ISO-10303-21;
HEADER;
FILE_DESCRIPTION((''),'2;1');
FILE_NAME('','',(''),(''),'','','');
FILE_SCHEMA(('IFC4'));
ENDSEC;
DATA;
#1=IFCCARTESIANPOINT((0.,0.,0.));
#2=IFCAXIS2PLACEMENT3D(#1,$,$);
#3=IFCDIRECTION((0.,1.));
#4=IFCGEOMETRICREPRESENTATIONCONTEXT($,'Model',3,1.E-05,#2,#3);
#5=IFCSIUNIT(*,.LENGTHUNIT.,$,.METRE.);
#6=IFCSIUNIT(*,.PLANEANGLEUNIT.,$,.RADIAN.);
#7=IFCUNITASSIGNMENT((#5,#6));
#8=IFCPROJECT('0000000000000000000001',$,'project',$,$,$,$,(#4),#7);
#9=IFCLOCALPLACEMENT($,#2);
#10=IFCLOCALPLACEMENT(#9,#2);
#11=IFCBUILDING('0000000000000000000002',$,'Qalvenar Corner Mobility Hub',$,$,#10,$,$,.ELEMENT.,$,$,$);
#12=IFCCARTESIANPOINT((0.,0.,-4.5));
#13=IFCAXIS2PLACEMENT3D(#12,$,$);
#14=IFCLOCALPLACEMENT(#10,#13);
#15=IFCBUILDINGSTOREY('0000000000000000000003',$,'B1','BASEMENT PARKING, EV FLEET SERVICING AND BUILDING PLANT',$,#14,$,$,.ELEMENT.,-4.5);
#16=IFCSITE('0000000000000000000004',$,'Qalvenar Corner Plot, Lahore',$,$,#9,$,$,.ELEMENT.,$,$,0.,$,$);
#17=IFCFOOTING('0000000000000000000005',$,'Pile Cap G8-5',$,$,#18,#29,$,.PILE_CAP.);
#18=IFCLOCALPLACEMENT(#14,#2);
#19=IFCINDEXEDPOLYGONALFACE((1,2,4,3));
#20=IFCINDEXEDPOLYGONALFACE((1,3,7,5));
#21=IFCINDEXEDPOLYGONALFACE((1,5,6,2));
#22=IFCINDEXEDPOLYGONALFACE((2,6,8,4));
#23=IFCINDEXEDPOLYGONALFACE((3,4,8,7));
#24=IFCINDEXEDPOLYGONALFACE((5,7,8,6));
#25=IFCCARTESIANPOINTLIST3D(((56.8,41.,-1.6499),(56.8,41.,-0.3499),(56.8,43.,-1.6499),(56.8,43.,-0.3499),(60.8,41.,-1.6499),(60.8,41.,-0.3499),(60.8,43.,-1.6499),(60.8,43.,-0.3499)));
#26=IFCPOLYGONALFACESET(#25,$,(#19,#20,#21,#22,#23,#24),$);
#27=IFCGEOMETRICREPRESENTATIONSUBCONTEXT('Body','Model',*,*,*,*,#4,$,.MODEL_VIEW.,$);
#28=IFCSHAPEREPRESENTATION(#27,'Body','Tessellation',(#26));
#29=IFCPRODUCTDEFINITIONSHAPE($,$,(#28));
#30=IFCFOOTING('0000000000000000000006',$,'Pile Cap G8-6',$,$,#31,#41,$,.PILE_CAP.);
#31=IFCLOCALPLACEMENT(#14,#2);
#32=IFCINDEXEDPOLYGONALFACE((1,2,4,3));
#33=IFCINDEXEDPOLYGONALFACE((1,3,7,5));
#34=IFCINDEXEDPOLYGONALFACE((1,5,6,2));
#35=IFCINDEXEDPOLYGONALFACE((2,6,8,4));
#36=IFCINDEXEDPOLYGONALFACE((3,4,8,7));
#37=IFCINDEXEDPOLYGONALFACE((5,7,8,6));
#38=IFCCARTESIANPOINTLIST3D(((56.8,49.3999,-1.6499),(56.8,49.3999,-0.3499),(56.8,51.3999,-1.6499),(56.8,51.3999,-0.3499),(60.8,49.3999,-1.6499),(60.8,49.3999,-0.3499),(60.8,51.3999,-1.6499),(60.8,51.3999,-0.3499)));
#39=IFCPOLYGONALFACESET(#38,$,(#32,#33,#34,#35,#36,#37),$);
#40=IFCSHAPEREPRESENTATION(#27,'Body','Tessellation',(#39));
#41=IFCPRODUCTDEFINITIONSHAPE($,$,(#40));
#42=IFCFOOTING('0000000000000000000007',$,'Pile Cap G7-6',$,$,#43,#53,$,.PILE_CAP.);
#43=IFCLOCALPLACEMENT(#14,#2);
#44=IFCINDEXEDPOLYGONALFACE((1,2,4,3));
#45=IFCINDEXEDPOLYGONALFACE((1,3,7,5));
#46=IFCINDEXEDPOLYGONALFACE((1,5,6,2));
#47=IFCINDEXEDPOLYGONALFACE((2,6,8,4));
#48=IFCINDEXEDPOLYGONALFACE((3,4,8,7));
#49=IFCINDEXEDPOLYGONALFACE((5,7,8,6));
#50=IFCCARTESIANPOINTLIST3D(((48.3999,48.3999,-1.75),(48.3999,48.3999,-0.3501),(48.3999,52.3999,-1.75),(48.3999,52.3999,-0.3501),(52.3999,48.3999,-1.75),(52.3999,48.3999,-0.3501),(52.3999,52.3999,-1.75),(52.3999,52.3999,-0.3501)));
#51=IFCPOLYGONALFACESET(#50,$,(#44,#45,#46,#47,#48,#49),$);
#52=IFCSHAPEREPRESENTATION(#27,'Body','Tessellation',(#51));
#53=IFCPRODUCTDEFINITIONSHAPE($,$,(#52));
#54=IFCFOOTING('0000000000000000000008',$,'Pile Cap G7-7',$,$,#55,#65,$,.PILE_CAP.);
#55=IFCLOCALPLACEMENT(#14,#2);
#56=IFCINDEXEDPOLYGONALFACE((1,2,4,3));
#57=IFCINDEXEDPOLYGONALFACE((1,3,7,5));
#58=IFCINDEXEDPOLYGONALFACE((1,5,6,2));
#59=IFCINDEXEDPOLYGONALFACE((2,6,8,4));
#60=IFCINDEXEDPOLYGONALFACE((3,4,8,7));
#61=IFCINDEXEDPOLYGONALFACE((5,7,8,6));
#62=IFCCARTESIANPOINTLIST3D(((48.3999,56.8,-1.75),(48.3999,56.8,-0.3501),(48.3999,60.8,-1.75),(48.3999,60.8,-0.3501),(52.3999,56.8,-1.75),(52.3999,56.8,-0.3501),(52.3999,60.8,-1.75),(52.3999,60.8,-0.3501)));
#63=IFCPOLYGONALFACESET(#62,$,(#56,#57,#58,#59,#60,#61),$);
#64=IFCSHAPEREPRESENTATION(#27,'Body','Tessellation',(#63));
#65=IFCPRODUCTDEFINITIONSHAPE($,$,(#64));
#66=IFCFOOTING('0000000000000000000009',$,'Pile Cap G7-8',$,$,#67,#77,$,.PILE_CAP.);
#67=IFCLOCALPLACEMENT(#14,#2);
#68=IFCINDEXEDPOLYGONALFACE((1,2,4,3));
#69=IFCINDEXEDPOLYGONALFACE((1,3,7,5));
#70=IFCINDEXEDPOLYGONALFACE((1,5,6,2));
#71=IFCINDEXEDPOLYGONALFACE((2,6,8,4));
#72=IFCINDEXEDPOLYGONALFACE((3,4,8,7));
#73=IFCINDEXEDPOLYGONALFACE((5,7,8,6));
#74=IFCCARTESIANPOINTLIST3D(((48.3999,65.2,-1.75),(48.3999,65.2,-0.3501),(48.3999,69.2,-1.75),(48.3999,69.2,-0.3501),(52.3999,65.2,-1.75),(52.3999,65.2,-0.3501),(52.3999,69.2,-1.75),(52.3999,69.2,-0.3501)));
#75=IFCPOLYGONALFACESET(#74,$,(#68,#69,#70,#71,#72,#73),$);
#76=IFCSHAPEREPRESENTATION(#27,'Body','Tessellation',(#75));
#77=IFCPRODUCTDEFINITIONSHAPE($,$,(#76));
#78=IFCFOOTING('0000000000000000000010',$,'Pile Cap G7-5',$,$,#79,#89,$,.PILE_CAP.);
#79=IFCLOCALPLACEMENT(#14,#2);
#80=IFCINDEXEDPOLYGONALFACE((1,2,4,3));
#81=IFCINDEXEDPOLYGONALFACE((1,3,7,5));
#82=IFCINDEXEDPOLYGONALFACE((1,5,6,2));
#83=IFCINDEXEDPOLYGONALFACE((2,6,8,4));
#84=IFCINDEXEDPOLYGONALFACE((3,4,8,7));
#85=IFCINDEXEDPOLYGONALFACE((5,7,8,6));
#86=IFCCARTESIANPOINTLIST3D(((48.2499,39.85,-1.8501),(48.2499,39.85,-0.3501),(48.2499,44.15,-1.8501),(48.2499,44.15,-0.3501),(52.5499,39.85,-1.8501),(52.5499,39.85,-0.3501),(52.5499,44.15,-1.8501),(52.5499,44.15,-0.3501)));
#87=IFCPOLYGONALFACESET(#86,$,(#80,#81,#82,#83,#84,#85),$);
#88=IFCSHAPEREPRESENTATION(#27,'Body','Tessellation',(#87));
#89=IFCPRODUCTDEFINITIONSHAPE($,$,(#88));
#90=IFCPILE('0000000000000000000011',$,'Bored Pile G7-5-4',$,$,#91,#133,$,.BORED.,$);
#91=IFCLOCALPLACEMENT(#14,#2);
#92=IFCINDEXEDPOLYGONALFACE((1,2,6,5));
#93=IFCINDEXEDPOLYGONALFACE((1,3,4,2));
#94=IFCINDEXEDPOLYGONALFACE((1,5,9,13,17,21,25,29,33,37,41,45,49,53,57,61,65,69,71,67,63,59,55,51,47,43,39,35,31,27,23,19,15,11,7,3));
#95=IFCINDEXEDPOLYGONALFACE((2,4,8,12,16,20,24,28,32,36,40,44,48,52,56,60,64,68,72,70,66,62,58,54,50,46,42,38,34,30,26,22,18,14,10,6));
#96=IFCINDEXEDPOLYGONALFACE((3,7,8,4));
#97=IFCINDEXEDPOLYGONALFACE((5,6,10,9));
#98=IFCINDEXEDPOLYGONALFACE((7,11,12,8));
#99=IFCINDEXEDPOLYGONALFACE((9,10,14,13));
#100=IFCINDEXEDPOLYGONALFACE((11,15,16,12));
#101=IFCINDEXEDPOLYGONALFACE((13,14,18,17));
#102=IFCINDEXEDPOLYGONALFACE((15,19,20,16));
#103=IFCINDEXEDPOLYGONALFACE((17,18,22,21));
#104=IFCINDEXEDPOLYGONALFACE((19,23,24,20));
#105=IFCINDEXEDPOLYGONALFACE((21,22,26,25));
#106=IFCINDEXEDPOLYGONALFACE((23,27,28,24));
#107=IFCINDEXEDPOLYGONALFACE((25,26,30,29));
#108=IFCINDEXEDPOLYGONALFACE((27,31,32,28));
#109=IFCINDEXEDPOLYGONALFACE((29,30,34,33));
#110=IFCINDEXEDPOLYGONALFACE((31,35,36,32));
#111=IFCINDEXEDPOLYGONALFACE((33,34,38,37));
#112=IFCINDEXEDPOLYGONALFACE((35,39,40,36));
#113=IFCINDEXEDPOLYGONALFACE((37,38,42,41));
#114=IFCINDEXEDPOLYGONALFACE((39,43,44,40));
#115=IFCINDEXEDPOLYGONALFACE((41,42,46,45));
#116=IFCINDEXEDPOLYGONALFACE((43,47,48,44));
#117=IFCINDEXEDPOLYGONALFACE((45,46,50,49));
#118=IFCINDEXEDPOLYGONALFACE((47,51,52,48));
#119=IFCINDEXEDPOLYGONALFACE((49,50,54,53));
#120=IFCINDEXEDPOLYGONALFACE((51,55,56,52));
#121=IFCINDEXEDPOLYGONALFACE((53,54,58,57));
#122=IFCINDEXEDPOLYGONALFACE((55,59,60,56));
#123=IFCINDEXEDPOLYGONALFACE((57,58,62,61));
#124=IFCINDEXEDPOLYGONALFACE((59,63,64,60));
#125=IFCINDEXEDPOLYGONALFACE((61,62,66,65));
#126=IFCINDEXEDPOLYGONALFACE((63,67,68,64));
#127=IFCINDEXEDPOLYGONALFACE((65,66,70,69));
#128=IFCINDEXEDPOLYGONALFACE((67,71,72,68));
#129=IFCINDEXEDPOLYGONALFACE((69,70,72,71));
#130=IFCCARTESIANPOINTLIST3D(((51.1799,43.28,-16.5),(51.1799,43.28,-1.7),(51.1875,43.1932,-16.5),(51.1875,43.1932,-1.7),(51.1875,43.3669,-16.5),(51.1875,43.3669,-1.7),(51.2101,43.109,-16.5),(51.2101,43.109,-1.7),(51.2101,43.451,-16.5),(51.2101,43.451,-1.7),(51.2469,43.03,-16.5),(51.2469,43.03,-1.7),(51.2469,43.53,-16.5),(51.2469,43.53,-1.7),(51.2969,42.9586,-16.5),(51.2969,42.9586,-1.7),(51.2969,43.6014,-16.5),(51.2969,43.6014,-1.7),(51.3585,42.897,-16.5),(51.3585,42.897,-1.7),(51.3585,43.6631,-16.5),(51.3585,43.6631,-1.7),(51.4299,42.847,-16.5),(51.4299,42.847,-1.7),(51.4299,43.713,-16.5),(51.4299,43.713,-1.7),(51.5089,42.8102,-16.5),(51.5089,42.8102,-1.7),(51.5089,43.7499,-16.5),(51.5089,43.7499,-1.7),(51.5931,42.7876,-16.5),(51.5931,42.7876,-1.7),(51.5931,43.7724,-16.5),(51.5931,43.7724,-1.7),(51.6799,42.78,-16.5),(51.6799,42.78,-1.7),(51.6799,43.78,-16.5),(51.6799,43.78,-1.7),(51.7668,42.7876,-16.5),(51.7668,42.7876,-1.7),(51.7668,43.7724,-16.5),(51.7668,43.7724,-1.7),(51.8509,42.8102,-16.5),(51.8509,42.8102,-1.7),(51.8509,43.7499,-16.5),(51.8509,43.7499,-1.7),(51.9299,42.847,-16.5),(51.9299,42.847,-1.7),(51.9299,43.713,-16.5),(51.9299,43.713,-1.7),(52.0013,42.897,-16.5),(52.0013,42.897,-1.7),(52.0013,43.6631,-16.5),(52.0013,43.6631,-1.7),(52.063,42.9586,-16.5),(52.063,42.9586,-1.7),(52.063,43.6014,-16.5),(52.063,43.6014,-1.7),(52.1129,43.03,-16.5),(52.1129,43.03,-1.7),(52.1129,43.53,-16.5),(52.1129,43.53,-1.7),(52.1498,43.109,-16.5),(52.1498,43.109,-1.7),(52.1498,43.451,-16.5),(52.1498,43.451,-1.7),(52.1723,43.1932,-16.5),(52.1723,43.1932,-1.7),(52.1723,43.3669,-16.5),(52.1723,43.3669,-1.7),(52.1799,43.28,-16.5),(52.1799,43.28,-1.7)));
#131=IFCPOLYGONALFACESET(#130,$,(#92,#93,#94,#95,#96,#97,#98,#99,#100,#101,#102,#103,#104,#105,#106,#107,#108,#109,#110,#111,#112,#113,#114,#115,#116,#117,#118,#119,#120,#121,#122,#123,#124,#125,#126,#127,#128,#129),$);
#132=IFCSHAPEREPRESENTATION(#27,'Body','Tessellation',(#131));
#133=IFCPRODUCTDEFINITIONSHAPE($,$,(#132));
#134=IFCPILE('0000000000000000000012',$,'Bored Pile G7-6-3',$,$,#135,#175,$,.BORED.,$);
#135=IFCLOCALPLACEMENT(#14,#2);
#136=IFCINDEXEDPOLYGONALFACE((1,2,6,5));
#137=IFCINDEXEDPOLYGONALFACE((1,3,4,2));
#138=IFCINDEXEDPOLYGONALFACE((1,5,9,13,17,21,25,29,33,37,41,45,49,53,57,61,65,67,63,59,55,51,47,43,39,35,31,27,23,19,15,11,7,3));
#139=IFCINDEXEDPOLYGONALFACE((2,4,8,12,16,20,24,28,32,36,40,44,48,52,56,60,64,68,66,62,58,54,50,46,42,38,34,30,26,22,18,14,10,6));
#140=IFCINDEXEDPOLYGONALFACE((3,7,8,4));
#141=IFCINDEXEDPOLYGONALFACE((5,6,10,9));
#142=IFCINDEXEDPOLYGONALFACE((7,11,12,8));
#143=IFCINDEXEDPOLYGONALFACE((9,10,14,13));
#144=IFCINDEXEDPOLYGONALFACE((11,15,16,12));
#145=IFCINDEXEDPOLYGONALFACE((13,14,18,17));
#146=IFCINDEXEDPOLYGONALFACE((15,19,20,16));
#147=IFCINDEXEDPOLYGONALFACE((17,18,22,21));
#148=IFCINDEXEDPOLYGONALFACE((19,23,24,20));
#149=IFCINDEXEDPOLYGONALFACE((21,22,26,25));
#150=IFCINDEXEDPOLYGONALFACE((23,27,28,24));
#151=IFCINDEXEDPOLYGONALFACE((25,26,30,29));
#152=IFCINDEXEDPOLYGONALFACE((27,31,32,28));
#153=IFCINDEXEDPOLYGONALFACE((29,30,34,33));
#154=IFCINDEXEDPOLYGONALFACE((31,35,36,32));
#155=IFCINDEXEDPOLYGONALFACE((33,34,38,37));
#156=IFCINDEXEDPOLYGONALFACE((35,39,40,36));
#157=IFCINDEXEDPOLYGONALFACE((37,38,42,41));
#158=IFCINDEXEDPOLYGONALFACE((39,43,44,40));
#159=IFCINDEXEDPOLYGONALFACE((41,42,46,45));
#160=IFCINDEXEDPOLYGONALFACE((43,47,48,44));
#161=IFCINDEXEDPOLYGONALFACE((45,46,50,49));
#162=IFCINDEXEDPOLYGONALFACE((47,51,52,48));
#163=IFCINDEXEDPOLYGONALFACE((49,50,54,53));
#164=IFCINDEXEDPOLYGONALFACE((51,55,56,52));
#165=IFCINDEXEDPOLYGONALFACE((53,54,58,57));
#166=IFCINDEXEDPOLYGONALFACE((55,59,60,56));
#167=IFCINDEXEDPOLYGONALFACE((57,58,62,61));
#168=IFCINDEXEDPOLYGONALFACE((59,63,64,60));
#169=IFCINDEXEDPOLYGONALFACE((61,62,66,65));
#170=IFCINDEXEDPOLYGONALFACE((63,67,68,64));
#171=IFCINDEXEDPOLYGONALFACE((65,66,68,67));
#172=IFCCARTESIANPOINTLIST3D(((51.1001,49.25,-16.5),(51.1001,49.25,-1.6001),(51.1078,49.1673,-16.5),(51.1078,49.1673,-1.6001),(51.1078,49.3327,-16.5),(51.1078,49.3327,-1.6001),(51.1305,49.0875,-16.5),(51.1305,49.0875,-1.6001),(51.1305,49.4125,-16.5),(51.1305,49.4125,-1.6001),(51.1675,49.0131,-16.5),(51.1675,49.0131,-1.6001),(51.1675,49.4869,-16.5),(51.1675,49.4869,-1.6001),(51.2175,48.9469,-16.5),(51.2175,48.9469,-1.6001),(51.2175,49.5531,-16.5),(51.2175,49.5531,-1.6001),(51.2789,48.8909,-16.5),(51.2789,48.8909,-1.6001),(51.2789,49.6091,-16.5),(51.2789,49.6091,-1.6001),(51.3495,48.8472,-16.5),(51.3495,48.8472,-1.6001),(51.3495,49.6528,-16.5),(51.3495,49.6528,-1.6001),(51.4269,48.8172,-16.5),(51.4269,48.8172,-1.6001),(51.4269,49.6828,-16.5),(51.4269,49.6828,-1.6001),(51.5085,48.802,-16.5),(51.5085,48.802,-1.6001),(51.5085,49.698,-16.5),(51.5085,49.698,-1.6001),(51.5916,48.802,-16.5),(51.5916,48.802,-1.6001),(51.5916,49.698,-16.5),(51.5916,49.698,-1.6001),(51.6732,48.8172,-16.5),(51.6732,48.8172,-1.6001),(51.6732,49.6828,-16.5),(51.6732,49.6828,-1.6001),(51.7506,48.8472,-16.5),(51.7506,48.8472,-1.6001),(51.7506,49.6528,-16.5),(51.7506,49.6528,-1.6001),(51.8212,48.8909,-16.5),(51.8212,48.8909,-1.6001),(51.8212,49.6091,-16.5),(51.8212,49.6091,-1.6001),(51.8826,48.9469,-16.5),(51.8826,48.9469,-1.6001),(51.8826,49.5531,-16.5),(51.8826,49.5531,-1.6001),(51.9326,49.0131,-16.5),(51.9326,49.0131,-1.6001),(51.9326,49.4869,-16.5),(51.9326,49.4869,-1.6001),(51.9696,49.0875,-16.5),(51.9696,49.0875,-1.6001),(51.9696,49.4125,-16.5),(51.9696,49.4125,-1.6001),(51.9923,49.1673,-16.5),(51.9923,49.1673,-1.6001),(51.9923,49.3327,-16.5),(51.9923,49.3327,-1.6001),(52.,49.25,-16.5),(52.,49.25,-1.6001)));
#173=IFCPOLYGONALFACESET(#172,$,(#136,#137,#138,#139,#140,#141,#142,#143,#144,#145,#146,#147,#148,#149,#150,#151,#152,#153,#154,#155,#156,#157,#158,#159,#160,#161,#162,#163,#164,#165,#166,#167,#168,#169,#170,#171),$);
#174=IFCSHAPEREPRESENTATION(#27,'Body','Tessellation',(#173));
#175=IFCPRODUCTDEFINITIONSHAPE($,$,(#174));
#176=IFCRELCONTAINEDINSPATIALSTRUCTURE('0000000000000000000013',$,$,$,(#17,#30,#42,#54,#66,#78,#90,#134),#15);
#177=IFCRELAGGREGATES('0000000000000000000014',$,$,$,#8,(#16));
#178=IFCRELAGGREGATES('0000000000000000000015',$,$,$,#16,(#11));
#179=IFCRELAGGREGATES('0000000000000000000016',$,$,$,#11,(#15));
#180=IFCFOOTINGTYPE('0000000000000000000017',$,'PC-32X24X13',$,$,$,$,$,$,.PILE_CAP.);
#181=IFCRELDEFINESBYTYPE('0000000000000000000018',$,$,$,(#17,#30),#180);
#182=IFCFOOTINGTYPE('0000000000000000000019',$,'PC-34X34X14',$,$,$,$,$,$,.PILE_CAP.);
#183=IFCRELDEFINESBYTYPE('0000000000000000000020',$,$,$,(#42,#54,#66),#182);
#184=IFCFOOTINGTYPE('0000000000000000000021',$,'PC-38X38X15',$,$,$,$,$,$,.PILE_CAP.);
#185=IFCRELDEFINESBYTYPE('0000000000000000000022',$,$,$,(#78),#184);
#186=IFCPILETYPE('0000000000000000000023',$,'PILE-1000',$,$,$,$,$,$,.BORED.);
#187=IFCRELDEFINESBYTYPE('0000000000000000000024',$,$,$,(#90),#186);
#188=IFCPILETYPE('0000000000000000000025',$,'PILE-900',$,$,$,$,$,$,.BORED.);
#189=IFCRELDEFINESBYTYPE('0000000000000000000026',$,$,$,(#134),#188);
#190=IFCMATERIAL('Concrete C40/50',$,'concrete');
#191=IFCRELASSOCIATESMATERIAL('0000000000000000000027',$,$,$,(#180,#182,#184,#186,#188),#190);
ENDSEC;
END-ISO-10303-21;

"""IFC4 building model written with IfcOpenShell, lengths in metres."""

from ifc_helpers import new_model, si_unit, direction, frame, origin, origin_2d, place, context, subcontext, project, spatial, rectangle, circle, extrude, material, material_profile, profile_set, type_object, element, save


model = new_model("IFC4")

# Units and contexts
model_context = context("Model", 3, precision=1e-05, world=origin(), true_north=direction((0.0, 1.0)))
body_context = subcontext(model_context, "Body", "Model", "MODEL_VIEW")
ifc_project = project(units=[si_unit("LENGTHUNIT", "METRE"), si_unit("PLANEANGLEUNIT", "RADIAN")], contexts=[model_context])

# Site, building, storey
site_placement = place(None, origin())
site = spatial("IfcSite", under=ifc_project, at=site_placement, Name="Qalvenar Corner Plot, Lahore", CompositionType="ELEMENT", RefElevation=0.0)
building_placement = place(site_placement, origin())
building = spatial("IfcBuilding", under=site, at=building_placement, Name="Qalvenar Corner Mobility Hub", CompositionType="ELEMENT")
storey_placement = place(building_placement, frame((0.0, 0.0, -4.5)))
storey = spatial("IfcBuildingStorey", under=building, at=storey_placement, Name="B1", Description="BASEMENT PARKING, EV FLEET SERVICING AND BUILDING PLANT", CompositionType="ELEMENT", Elevation=-4.5)

# Footings
ifc_material_1 = material(Name="Concrete C40/50", Category="concrete")
footing_type_1 = type_object("IfcFootingType", Name="PC-32X24X13", PredefinedType="PILE_CAP", material=ifc_material_1)
for number, where, z_axis, x_axis, name in (
    (1, (58.8, 42.0, -1.6499), (0.0, 0.0, 1.0), (1.0, 0.0, 0.0), "Pile Cap G8-5"),
    (2, (58.8, 50.3999, -1.6499), (0.0, 0.0, 1.0), (1.0, 0.0, 0.0), "Pile Cap G8-6"),
):
    element("IfcFooting", number, at=place(storey_placement, frame(where, z_axis=z_axis, x_axis=x_axis)), inside=storey, type_object=footing_type_1, Name=name, PredefinedType="PILE_CAP", context=body_context, shape_type="SweptSolid", body=[
        extrude(rectangle(XDim=4.0, YDim=2.0, at=origin_2d()), origin(), (0.0, 0.0, 1.0), 1.3),
    ])
footing_type_2 = type_object("IfcFootingType", Name="PC-34X34X14", PredefinedType="PILE_CAP", material=ifc_material_1)
for number, where, z_axis, x_axis, name in (
    (3, (50.3999, 50.3999, -1.75), (0.0, 0.0, 1.0), (1.0, 0.0, 0.0), "Pile Cap G7-6"),
    (4, (50.3999, 58.8, -1.75), (0.0, 0.0, 1.0), (1.0, 0.0, 0.0), "Pile Cap G7-7"),
    (5, (50.3999, 67.2, -1.75), (0.0, 0.0, 1.0), (1.0, 0.0, 0.0), "Pile Cap G7-8"),
):
    element("IfcFooting", number, at=place(storey_placement, frame(where, z_axis=z_axis, x_axis=x_axis)), inside=storey, type_object=footing_type_2, Name=name, PredefinedType="PILE_CAP", context=body_context, shape_type="SweptSolid", body=[
        extrude(rectangle(XDim=4.0, YDim=4.0, at=origin_2d()), origin(), (0.0, 0.0, 1.0), 1.3999),
    ])
footing_type_3 = type_object("IfcFootingType", Name="PC-38X38X15", PredefinedType="PILE_CAP", material=ifc_material_1)
footing_1_placement = place(storey_placement, frame((50.3999, 42.0, -1.8501), z_axis=(0.0, 0.0, 1.0), x_axis=(1.0, 0.0, 0.0)))
element("IfcFooting", 6, at=footing_1_placement, inside=storey, type_object=footing_type_3, Name="Pile Cap G7-5", PredefinedType="PILE_CAP", context=body_context, shape_type="SweptSolid", body=[
    extrude(rectangle(XDim=4.3, YDim=4.3, at=origin_2d()), origin(), (0.0, 0.0, 1.0), 1.5),
])

# Piles
ifc_material_profile_1 = material_profile(ifc_material_1, circle(Radius=0.5, at=origin_2d()), Name="DIA1000")
ifc_profile_set_1 = profile_set([ifc_material_profile_1], Name="Concrete C40/50")
pile_type_1 = type_object("IfcPileType", Name="PILE-1000", PredefinedType="BORED", material=ifc_profile_set_1)
pile_placement = place(storey_placement, frame((51.6799, 43.28, -1.7), z_axis=(0.0, 0.0, -1.0), x_axis=(1.0, 0.0, 0.0)))
element("IfcPile", 7, at=pile_placement, inside=storey, type_object=pile_type_1, Name="Bored Pile G7-5-4", PredefinedType="BORED", context=body_context, shape_type="SweptSolid", body=[
    extrude(circle(Radius=0.5, at=origin_2d()), origin(), (0.0, 0.0, 1.0), 14.8),
])
ifc_material_profile_2 = material_profile(ifc_material_1, circle(Radius=0.45, at=origin_2d()), Name="DIA900")
ifc_profile_set_2 = profile_set([ifc_material_profile_2], Name="Concrete C40/50")
pile_type_2 = type_object("IfcPileType", Name="PILE-900", PredefinedType="BORED", material=ifc_profile_set_2)
for number, where, z_axis, x_axis, name in (
    (8, (51.55, 49.25, -1.6001), (0.0, 0.0, -1.0), (1.0, 0.0, 0.0), "Bored Pile G7-6-3"),
):
    element("IfcPile", number, at=place(storey_placement, frame(where, z_axis=z_axis, x_axis=x_axis)), inside=storey, type_object=pile_type_2, Name=name, PredefinedType="BORED", context=body_context, shape_type="SweptSolid", body=[
        extrude(circle(Radius=0.45, at=origin_2d()), origin(), (0.0, 0.0, 1.0), 14.8999),
    ])

save(model, "model.ifc")
